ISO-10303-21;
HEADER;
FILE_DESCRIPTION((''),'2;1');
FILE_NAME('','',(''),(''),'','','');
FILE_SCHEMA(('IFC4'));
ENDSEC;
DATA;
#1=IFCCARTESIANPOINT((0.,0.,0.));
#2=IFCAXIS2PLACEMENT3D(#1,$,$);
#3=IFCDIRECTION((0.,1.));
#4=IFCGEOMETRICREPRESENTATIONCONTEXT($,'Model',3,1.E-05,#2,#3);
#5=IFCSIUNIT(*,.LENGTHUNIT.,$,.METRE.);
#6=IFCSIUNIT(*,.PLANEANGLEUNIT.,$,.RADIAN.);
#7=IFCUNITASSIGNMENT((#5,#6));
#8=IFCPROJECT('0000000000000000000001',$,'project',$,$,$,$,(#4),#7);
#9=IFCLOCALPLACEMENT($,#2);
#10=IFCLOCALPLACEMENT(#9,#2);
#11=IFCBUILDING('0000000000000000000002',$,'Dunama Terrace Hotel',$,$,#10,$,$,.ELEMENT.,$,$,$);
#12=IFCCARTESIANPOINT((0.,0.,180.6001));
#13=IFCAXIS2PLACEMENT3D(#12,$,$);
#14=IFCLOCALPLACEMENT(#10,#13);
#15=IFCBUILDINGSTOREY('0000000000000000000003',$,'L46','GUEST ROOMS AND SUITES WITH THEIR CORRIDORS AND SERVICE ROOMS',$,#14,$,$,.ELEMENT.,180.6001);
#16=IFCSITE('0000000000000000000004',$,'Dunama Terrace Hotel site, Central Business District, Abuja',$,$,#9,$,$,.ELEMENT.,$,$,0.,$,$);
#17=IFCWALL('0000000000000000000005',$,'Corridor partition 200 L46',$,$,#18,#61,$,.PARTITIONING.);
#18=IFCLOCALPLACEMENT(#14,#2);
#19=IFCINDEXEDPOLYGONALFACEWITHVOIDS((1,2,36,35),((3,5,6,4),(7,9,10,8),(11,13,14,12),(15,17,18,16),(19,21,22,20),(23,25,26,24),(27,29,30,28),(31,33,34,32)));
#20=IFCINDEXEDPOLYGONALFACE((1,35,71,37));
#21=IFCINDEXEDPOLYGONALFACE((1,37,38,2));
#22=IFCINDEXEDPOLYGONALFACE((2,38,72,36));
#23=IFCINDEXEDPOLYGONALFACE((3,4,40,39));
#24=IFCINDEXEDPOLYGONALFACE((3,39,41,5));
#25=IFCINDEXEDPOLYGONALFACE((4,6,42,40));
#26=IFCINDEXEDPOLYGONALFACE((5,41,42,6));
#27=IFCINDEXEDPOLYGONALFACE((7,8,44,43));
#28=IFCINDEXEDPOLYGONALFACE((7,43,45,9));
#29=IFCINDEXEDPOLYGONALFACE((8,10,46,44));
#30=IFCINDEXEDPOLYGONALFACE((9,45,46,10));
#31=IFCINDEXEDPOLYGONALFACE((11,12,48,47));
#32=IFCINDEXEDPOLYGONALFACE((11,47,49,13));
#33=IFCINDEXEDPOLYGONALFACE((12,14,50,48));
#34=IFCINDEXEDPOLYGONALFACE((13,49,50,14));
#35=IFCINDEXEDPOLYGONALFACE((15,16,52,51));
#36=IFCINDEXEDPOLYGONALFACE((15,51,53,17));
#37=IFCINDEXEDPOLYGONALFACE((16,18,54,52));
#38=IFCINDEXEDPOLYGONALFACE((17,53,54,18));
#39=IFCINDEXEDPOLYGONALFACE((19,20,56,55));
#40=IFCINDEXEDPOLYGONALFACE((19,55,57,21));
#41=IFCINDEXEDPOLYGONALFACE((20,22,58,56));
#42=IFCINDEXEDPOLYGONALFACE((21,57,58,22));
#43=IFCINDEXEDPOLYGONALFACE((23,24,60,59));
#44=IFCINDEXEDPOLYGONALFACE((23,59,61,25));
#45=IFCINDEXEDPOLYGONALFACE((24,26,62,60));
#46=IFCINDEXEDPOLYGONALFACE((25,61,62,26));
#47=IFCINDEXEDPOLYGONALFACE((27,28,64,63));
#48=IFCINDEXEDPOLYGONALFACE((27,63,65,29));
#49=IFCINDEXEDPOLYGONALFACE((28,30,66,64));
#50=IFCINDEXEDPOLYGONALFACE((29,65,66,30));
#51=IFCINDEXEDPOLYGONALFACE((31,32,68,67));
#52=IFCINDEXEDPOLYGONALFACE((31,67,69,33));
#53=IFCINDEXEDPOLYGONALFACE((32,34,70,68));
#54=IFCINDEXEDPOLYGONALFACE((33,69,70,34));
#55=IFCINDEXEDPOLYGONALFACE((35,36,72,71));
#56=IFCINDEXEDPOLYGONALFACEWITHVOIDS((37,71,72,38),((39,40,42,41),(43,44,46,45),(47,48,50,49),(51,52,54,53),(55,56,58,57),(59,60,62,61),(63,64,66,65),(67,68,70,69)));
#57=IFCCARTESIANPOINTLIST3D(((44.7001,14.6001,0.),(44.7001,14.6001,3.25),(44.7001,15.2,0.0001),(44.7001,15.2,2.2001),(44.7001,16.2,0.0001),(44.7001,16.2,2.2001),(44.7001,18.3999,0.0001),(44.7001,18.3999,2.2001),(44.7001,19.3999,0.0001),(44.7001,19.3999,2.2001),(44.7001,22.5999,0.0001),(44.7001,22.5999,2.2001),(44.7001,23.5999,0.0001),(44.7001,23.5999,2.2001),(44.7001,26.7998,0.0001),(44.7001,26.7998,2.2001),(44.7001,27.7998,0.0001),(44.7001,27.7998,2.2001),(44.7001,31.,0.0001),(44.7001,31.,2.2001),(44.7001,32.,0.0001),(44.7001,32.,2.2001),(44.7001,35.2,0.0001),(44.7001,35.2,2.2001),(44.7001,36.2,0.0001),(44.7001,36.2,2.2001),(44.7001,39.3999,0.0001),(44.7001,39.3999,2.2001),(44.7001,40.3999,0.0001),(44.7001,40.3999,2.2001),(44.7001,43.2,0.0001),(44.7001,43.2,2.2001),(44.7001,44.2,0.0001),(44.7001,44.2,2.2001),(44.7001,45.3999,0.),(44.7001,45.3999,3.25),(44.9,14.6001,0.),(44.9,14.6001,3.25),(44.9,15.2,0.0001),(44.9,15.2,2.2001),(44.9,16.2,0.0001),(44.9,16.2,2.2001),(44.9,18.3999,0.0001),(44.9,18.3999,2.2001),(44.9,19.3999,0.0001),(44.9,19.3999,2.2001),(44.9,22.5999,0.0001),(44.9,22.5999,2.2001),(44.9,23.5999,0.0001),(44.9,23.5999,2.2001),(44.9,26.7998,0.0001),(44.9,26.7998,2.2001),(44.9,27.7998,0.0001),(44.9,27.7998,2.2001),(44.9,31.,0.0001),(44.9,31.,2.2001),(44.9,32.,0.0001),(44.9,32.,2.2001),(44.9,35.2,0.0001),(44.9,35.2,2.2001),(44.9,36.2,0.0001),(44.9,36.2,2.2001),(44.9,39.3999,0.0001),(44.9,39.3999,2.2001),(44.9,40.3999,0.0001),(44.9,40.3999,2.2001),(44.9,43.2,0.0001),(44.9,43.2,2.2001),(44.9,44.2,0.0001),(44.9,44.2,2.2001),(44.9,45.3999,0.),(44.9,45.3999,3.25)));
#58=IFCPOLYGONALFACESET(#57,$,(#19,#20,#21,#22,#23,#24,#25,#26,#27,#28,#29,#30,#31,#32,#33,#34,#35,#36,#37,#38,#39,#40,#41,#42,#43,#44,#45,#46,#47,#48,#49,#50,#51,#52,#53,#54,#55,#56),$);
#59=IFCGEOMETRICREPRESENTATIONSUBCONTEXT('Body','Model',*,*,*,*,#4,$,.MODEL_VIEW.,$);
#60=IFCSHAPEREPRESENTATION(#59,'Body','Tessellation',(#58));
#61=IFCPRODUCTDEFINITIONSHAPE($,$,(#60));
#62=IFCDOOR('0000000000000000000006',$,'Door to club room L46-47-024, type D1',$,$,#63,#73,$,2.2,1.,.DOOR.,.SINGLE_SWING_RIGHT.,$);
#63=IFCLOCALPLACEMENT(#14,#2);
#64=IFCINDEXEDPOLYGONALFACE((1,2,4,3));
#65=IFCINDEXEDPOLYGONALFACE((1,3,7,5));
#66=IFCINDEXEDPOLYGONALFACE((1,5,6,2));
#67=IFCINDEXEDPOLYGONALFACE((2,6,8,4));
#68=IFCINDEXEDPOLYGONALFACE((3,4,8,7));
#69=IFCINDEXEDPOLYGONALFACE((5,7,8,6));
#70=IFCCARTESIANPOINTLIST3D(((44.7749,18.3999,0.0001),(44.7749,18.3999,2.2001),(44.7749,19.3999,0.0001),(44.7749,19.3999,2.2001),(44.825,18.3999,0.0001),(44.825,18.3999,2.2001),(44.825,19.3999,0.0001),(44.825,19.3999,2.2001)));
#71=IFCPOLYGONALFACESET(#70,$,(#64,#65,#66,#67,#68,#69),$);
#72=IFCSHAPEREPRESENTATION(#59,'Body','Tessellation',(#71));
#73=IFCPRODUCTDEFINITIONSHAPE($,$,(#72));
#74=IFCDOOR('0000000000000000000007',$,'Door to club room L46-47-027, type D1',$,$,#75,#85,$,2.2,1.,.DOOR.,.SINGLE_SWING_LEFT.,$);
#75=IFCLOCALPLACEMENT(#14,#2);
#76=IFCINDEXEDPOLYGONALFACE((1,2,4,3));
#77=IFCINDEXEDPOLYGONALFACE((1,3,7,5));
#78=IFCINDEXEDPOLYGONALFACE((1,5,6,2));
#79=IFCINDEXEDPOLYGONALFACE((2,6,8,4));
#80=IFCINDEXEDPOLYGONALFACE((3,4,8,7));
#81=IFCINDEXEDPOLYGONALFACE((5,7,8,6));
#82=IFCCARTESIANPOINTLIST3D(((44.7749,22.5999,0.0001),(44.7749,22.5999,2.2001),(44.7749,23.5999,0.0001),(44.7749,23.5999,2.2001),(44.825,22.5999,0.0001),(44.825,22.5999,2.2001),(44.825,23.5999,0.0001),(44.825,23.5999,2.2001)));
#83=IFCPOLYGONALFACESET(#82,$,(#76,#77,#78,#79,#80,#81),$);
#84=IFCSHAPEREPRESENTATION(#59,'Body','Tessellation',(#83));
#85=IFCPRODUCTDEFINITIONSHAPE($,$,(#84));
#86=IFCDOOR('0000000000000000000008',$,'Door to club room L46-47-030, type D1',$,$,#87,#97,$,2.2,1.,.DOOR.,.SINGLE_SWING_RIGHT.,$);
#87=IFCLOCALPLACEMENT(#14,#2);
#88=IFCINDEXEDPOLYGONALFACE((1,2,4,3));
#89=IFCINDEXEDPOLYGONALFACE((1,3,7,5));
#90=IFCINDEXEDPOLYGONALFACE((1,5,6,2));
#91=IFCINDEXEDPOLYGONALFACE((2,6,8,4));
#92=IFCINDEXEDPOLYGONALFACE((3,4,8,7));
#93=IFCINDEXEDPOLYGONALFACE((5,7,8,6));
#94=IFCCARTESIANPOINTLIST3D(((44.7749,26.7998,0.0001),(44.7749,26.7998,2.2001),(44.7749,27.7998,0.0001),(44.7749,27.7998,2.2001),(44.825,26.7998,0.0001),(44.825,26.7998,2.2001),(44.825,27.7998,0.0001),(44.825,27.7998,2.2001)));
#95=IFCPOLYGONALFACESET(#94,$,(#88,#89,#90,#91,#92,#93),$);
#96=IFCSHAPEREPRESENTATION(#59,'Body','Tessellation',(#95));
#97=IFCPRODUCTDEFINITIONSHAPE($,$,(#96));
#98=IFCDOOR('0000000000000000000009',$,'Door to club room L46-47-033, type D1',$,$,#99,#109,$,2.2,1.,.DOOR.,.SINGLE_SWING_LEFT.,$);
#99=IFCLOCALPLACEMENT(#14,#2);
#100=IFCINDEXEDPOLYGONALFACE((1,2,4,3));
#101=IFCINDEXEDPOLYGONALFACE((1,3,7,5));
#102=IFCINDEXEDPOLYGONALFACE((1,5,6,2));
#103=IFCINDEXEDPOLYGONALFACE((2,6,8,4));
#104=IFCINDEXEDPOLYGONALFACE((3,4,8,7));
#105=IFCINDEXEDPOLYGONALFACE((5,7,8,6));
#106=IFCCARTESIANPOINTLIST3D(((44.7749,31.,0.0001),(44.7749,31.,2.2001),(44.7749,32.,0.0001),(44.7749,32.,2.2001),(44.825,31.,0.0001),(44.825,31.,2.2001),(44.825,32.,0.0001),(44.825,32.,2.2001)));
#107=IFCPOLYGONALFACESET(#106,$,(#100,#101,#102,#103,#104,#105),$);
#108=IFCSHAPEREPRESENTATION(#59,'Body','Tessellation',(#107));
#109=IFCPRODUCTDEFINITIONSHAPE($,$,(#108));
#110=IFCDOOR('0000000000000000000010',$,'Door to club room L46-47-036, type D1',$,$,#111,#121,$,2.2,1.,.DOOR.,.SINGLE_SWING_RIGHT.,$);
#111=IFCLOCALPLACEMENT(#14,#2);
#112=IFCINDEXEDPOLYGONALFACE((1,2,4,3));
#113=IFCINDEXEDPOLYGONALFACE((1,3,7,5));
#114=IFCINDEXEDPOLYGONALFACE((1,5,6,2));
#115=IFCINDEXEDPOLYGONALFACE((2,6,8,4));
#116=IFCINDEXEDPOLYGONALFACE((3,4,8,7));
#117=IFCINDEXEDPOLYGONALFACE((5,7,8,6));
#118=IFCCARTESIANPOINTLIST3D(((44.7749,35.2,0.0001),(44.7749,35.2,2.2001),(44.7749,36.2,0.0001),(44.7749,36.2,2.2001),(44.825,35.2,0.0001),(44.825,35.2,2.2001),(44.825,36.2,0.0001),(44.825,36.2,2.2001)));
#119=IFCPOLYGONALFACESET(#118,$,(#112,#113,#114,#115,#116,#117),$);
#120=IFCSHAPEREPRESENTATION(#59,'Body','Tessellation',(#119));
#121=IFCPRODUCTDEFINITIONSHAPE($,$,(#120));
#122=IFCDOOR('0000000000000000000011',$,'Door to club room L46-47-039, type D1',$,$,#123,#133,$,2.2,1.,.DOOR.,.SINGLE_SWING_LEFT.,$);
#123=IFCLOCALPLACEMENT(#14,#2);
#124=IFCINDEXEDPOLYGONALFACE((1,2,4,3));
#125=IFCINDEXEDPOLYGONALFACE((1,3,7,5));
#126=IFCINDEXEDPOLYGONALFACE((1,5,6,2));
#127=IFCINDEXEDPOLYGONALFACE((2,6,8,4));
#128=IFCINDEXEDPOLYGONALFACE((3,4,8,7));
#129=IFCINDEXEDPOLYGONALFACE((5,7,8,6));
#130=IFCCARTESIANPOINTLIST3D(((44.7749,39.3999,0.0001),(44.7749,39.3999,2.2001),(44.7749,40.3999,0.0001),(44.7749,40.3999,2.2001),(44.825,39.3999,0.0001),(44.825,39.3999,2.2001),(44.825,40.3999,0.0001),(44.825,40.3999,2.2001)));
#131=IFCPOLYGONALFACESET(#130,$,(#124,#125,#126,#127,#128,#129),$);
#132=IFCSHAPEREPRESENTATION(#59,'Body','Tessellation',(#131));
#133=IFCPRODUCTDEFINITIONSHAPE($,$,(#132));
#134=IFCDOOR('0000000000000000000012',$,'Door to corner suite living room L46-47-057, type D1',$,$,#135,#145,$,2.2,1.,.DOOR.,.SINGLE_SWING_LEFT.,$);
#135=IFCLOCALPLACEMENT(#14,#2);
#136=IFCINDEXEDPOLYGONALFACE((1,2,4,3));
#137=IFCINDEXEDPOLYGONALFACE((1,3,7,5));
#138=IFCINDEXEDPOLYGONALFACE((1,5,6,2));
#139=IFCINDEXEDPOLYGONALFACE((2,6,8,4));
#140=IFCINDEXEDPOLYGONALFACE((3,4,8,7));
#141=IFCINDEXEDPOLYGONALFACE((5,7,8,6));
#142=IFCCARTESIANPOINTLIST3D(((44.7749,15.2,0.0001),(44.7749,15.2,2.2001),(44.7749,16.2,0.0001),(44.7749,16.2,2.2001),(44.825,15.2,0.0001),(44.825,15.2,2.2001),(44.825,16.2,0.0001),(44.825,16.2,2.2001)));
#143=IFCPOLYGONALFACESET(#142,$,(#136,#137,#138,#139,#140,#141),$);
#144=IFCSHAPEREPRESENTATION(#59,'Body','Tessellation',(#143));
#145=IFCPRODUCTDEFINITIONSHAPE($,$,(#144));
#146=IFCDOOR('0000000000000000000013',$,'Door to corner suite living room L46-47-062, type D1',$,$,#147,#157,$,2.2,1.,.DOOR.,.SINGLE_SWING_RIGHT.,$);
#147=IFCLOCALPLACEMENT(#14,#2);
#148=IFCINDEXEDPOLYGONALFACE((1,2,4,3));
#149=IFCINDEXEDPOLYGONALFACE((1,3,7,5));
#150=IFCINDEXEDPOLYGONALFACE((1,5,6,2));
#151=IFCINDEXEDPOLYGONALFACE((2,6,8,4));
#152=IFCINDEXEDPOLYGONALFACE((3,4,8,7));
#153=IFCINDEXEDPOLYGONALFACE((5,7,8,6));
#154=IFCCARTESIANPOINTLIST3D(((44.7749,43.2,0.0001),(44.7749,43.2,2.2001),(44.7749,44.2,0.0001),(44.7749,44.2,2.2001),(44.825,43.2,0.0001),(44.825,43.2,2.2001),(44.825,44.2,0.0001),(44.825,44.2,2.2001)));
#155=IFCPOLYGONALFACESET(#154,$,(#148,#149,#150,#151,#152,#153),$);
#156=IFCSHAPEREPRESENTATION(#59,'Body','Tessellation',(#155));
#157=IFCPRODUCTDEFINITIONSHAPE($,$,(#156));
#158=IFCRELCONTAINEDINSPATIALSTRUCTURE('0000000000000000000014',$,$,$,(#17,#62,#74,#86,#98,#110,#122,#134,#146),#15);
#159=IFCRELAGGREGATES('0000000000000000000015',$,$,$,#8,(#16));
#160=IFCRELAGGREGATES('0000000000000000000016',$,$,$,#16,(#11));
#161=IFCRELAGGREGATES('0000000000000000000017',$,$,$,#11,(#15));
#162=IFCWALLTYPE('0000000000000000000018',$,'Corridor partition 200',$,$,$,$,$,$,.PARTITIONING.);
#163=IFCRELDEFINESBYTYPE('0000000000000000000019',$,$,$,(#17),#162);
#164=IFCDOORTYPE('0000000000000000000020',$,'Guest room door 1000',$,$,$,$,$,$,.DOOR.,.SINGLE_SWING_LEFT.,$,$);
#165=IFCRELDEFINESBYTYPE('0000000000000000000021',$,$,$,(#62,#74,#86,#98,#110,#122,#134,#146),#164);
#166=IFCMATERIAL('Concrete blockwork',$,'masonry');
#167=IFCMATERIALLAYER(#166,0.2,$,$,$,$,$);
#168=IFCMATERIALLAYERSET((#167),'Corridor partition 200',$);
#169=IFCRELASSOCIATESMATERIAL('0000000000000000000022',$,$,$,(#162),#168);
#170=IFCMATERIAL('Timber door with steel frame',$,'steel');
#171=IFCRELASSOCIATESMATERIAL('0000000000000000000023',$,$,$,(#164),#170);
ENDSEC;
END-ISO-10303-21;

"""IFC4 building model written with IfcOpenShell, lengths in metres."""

from ifc_helpers import new_model, si_unit, direction, frame, frame_2d, origin, place, context, subcontext, project, spatial, rectangle, extrude, material, layer, layer_set, type_object, element, fill, save


model = new_model("IFC4")

# Units and contexts
model_context = context("Model", 3, precision=1e-05, world=origin(), true_north=direction((0.0, 1.0)))
body_context = subcontext(model_context, "Body", "Model", "MODEL_VIEW")
ifc_project = project(units=[si_unit("LENGTHUNIT", "METRE"), si_unit("PLANEANGLEUNIT", "RADIAN")], contexts=[model_context])

# Site, building, storey
site_placement = place(None, origin())
site = spatial("IfcSite", under=ifc_project, at=site_placement, Name="Dunama Terrace Hotel site, Central Business District, Abuja", CompositionType="ELEMENT", RefElevation=0.0)
building_placement = place(site_placement, origin())
building = spatial("IfcBuilding", under=site, at=building_placement, Name="Dunama Terrace Hotel", CompositionType="ELEMENT")
storey_placement = place(building_placement, frame((0.0, 0.0, 180.6001)))
storey = spatial("IfcBuildingStorey", under=building, at=storey_placement, Name="L46", Description="GUEST ROOMS AND SUITES WITH THEIR CORRIDORS AND SERVICE ROOMS", CompositionType="ELEMENT", Elevation=180.6001)

# Shared definitions
ifc_material_1 = material(Name="Concrete blockwork", Category="masonry")
ifc_layer_1 = layer(ifc_material_1, 0.2)
ifc_layer_set_1 = layer_set([ifc_layer_1], Name="Corridor partition 200")
wall_type_1 = type_object("IfcWallType", Name="Corridor partition 200", PredefinedType="PARTITIONING", material=ifc_layer_set_1)

# Wall, openings, doors
wall_1_placement = place(storey_placement, frame((44.8, 45.3999, 0.0), z_axis=(0.0, 0.0, 1.0), x_axis=(0.0, -1.0, 0.0)))
wall_1 = element("IfcWall", 1, at=wall_1_placement, inside=storey, type_object=wall_type_1, Name="Corridor partition 200 L46", PredefinedType="PARTITIONING", context=body_context, shape_type="SweptSolid", body=[
    extrude(rectangle(XDim=30.7998, YDim=0.2, at=frame_2d((15.3999, 0.0))), origin(), (0.0, 0.0, 1.0), 3.25),
])
opening_1_placement = place(wall_1_placement, frame((26.0, 0.0, 0.0)))
opening_1 = element("IfcOpeningElement", 2, at=opening_1_placement, cuts=wall_1, PredefinedType="OPENING", context=body_context, shape_type="SweptSolid", body=[
    extrude(rectangle(XDim=1.0, YDim=2.2, at=frame_2d((0.5, 1.1001))), frame((0.0, 0.1099, 0.0), z_axis=(0.0, -1.0, 0.0), x_axis=(1.0, 0.0, 0.0)), (0.0, 0.0, 1.0), 0.22),
])
opening_2_placement = place(wall_1_placement, frame((21.8, 0.0, 0.0)))
opening_2 = element("IfcOpeningElement", 3, at=opening_2_placement, cuts=wall_1, PredefinedType="OPENING", context=body_context, shape_type="SweptSolid", body=[
    extrude(rectangle(XDim=1.0, YDim=2.2, at=frame_2d((0.5, 1.1001))), frame((0.0, 0.1099, 0.0), z_axis=(0.0, -1.0, 0.0), x_axis=(1.0, 0.0, 0.0)), (0.0, 0.0, 1.0), 0.22),
])
opening_3_placement = place(wall_1_placement, frame((17.6001, 0.0, 0.0)))
opening_3 = element("IfcOpeningElement", 4, at=opening_3_placement, cuts=wall_1, PredefinedType="OPENING", context=body_context, shape_type="SweptSolid", body=[
    extrude(rectangle(XDim=1.0, YDim=2.2, at=frame_2d((0.5, 1.1001))), frame((0.0, 0.1099, 0.0), z_axis=(0.0, -1.0, 0.0), x_axis=(1.0, 0.0, 0.0)), (0.0, 0.0, 1.0), 0.22),
])
opening_4_placement = place(wall_1_placement, frame((13.3999, 0.0, 0.0)))
opening_4 = element("IfcOpeningElement", 5, at=opening_4_placement, cuts=wall_1, PredefinedType="OPENING", context=body_context, shape_type="SweptSolid", body=[
    extrude(rectangle(XDim=1.0, YDim=2.2, at=frame_2d((0.5, 1.1001))), frame((0.0, 0.1099, 0.0), z_axis=(0.0, -1.0, 0.0), x_axis=(1.0, 0.0, 0.0)), (0.0, 0.0, 1.0), 0.22),
])
opening_5_placement = place(wall_1_placement, frame((9.2, 0.0, 0.0)))
opening_5 = element("IfcOpeningElement", 6, at=opening_5_placement, cuts=wall_1, PredefinedType="OPENING", context=body_context, shape_type="SweptSolid", body=[
    extrude(rectangle(XDim=1.0, YDim=2.2, at=frame_2d((0.5, 1.1001))), frame((0.0, 0.1099, 0.0), z_axis=(0.0, -1.0, 0.0), x_axis=(1.0, 0.0, 0.0)), (0.0, 0.0, 1.0), 0.22),
])
opening_6_placement = place(wall_1_placement, frame((5.0, 0.0, 0.0)))
opening_6 = element("IfcOpeningElement", 7, at=opening_6_placement, cuts=wall_1, PredefinedType="OPENING", context=body_context, shape_type="SweptSolid", body=[
    extrude(rectangle(XDim=1.0, YDim=2.2, at=frame_2d((0.5, 1.1001))), frame((0.0, 0.1099, 0.0), z_axis=(0.0, -1.0, 0.0), x_axis=(1.0, 0.0, 0.0)), (0.0, 0.0, 1.0), 0.22),
])
opening_7_placement = place(wall_1_placement, frame((29.2, 0.0, 0.0)))
opening_7 = element("IfcOpeningElement", 8, at=opening_7_placement, cuts=wall_1, PredefinedType="OPENING", context=body_context, shape_type="SweptSolid", body=[
    extrude(rectangle(XDim=1.0, YDim=2.2, at=frame_2d((0.5, 1.1001))), frame((0.0, 0.1099, 0.0), z_axis=(0.0, -1.0, 0.0), x_axis=(1.0, 0.0, 0.0)), (0.0, 0.0, 1.0), 0.22),
])
opening_8_placement = place(wall_1_placement, frame((1.2, 0.0, 0.0)))
opening_8 = element("IfcOpeningElement", 9, at=opening_8_placement, cuts=wall_1, PredefinedType="OPENING", context=body_context, shape_type="SweptSolid", body=[
    extrude(rectangle(XDim=1.0, YDim=2.2, at=frame_2d((0.5, 1.1001))), frame((0.0, 0.1099, 0.0), z_axis=(0.0, -1.0, 0.0), x_axis=(1.0, 0.0, 0.0)), (0.0, 0.0, 1.0), 0.22),
])
ifc_material_2 = material(Name="Timber door with steel frame", Category="steel")
door_type_1 = type_object("IfcDoorType", Name="Guest room door 1000", OperationType="SINGLE_SWING_LEFT", PredefinedType="DOOR", material=ifc_material_2)
door_1_placement = place(opening_1_placement, origin())
door_1 = element("IfcDoor", 10, at=door_1_placement, inside=storey, type_object=door_type_1, Name="Door to club room L46-47-024, type D1", OperationType="SINGLE_SWING_RIGHT", OverallHeight=2.2, OverallWidth=1.0, PredefinedType="DOOR", context=body_context, shape_type="SweptSolid", body=[
    extrude(rectangle(XDim=1.0, YDim=2.2, at=frame_2d((0.5, 1.1001))), frame((0.0, 0.0249, 0.0), z_axis=(0.0, -1.0, 0.0), x_axis=(1.0, 0.0, 0.0)), (0.0, 0.0, 1.0), 0.05),
])
fill(opening_1, door_1)
door_2_placement = place(opening_2_placement, origin())
door_2 = element("IfcDoor", 11, at=door_2_placement, inside=storey, type_object=door_type_1, Name="Door to club room L46-47-027, type D1", OperationType="SINGLE_SWING_LEFT", OverallHeight=2.2, OverallWidth=1.0, PredefinedType="DOOR", context=body_context, shape_type="SweptSolid", body=[
    extrude(rectangle(XDim=1.0, YDim=2.2, at=frame_2d((0.5, 1.1001))), frame((0.0, 0.0249, 0.0), z_axis=(0.0, -1.0, 0.0), x_axis=(1.0, 0.0, 0.0)), (0.0, 0.0, 1.0), 0.05),
])
fill(opening_2, door_2)
door_3_placement = place(opening_3_placement, origin())
door_3 = element("IfcDoor", 12, at=door_3_placement, inside=storey, type_object=door_type_1, Name="Door to club room L46-47-030, type D1", OperationType="SINGLE_SWING_RIGHT", OverallHeight=2.2, OverallWidth=1.0, PredefinedType="DOOR", context=body_context, shape_type="SweptSolid", body=[
    extrude(rectangle(XDim=1.0, YDim=2.2, at=frame_2d((0.5, 1.1001))), frame((0.0, 0.0249, 0.0), z_axis=(0.0, -1.0, 0.0), x_axis=(1.0, 0.0, 0.0)), (0.0, 0.0, 1.0), 0.05),
])
fill(opening_3, door_3)
door_4_placement = place(opening_4_placement, origin())
door_4 = element("IfcDoor", 13, at=door_4_placement, inside=storey, type_object=door_type_1, Name="Door to club room L46-47-033, type D1", OperationType="SINGLE_SWING_LEFT", OverallHeight=2.2, OverallWidth=1.0, PredefinedType="DOOR", context=body_context, shape_type="SweptSolid", body=[
    extrude(rectangle(XDim=1.0, YDim=2.2, at=frame_2d((0.5, 1.1001))), frame((0.0, 0.0249, 0.0), z_axis=(0.0, -1.0, 0.0), x_axis=(1.0, 0.0, 0.0)), (0.0, 0.0, 1.0), 0.05),
])
fill(opening_4, door_4)
door_5_placement = place(opening_5_placement, origin())
door_5 = element("IfcDoor", 14, at=door_5_placement, inside=storey, type_object=door_type_1, Name="Door to club room L46-47-036, type D1", OperationType="SINGLE_SWING_RIGHT", OverallHeight=2.2, OverallWidth=1.0, PredefinedType="DOOR", context=body_context, shape_type="SweptSolid", body=[
    extrude(rectangle(XDim=1.0, YDim=2.2, at=frame_2d((0.5, 1.1001))), frame((0.0, 0.0249, 0.0), z_axis=(0.0, -1.0, 0.0), x_axis=(1.0, 0.0, 0.0)), (0.0, 0.0, 1.0), 0.05),
])
fill(opening_5, door_5)
door_6_placement = place(opening_6_placement, origin())
door_6 = element("IfcDoor", 15, at=door_6_placement, inside=storey, type_object=door_type_1, Name="Door to club room L46-47-039, type D1", OperationType="SINGLE_SWING_LEFT", OverallHeight=2.2, OverallWidth=1.0, PredefinedType="DOOR", context=body_context, shape_type="SweptSolid", body=[
    extrude(rectangle(XDim=1.0, YDim=2.2, at=frame_2d((0.5, 1.1001))), frame((0.0, 0.0249, 0.0), z_axis=(0.0, -1.0, 0.0), x_axis=(1.0, 0.0, 0.0)), (0.0, 0.0, 1.0), 0.05),
])
fill(opening_6, door_6)
door_7_placement = place(opening_7_placement, origin())
door_7 = element("IfcDoor", 16, at=door_7_placement, inside=storey, type_object=door_type_1, Name="Door to corner suite living room L46-47-057, type D1", OperationType="SINGLE_SWING_LEFT", OverallHeight=2.2, OverallWidth=1.0, PredefinedType="DOOR", context=body_context, shape_type="SweptSolid", body=[
    extrude(rectangle(XDim=1.0, YDim=2.2, at=frame_2d((0.5, 1.1001))), frame((0.0, 0.0249, 0.0), z_axis=(0.0, -1.0, 0.0), x_axis=(1.0, 0.0, 0.0)), (0.0, 0.0, 1.0), 0.05),
])
fill(opening_7, door_7)
door_8_placement = place(opening_8_placement, origin())
door_8 = element("IfcDoor", 17, at=door_8_placement, inside=storey, type_object=door_type_1, Name="Door to corner suite living room L46-47-062, type D1", OperationType="SINGLE_SWING_RIGHT", OverallHeight=2.2, OverallWidth=1.0, PredefinedType="DOOR", context=body_context, shape_type="SweptSolid", body=[
    extrude(rectangle(XDim=1.0, YDim=2.2, at=frame_2d((0.5, 1.1001))), frame((0.0, 0.0249, 0.0), z_axis=(0.0, -1.0, 0.0), x_axis=(1.0, 0.0, 0.0)), (0.0, 0.0, 1.0), 0.05),
])
fill(opening_8, door_8)

save(model, "model.ifc")
